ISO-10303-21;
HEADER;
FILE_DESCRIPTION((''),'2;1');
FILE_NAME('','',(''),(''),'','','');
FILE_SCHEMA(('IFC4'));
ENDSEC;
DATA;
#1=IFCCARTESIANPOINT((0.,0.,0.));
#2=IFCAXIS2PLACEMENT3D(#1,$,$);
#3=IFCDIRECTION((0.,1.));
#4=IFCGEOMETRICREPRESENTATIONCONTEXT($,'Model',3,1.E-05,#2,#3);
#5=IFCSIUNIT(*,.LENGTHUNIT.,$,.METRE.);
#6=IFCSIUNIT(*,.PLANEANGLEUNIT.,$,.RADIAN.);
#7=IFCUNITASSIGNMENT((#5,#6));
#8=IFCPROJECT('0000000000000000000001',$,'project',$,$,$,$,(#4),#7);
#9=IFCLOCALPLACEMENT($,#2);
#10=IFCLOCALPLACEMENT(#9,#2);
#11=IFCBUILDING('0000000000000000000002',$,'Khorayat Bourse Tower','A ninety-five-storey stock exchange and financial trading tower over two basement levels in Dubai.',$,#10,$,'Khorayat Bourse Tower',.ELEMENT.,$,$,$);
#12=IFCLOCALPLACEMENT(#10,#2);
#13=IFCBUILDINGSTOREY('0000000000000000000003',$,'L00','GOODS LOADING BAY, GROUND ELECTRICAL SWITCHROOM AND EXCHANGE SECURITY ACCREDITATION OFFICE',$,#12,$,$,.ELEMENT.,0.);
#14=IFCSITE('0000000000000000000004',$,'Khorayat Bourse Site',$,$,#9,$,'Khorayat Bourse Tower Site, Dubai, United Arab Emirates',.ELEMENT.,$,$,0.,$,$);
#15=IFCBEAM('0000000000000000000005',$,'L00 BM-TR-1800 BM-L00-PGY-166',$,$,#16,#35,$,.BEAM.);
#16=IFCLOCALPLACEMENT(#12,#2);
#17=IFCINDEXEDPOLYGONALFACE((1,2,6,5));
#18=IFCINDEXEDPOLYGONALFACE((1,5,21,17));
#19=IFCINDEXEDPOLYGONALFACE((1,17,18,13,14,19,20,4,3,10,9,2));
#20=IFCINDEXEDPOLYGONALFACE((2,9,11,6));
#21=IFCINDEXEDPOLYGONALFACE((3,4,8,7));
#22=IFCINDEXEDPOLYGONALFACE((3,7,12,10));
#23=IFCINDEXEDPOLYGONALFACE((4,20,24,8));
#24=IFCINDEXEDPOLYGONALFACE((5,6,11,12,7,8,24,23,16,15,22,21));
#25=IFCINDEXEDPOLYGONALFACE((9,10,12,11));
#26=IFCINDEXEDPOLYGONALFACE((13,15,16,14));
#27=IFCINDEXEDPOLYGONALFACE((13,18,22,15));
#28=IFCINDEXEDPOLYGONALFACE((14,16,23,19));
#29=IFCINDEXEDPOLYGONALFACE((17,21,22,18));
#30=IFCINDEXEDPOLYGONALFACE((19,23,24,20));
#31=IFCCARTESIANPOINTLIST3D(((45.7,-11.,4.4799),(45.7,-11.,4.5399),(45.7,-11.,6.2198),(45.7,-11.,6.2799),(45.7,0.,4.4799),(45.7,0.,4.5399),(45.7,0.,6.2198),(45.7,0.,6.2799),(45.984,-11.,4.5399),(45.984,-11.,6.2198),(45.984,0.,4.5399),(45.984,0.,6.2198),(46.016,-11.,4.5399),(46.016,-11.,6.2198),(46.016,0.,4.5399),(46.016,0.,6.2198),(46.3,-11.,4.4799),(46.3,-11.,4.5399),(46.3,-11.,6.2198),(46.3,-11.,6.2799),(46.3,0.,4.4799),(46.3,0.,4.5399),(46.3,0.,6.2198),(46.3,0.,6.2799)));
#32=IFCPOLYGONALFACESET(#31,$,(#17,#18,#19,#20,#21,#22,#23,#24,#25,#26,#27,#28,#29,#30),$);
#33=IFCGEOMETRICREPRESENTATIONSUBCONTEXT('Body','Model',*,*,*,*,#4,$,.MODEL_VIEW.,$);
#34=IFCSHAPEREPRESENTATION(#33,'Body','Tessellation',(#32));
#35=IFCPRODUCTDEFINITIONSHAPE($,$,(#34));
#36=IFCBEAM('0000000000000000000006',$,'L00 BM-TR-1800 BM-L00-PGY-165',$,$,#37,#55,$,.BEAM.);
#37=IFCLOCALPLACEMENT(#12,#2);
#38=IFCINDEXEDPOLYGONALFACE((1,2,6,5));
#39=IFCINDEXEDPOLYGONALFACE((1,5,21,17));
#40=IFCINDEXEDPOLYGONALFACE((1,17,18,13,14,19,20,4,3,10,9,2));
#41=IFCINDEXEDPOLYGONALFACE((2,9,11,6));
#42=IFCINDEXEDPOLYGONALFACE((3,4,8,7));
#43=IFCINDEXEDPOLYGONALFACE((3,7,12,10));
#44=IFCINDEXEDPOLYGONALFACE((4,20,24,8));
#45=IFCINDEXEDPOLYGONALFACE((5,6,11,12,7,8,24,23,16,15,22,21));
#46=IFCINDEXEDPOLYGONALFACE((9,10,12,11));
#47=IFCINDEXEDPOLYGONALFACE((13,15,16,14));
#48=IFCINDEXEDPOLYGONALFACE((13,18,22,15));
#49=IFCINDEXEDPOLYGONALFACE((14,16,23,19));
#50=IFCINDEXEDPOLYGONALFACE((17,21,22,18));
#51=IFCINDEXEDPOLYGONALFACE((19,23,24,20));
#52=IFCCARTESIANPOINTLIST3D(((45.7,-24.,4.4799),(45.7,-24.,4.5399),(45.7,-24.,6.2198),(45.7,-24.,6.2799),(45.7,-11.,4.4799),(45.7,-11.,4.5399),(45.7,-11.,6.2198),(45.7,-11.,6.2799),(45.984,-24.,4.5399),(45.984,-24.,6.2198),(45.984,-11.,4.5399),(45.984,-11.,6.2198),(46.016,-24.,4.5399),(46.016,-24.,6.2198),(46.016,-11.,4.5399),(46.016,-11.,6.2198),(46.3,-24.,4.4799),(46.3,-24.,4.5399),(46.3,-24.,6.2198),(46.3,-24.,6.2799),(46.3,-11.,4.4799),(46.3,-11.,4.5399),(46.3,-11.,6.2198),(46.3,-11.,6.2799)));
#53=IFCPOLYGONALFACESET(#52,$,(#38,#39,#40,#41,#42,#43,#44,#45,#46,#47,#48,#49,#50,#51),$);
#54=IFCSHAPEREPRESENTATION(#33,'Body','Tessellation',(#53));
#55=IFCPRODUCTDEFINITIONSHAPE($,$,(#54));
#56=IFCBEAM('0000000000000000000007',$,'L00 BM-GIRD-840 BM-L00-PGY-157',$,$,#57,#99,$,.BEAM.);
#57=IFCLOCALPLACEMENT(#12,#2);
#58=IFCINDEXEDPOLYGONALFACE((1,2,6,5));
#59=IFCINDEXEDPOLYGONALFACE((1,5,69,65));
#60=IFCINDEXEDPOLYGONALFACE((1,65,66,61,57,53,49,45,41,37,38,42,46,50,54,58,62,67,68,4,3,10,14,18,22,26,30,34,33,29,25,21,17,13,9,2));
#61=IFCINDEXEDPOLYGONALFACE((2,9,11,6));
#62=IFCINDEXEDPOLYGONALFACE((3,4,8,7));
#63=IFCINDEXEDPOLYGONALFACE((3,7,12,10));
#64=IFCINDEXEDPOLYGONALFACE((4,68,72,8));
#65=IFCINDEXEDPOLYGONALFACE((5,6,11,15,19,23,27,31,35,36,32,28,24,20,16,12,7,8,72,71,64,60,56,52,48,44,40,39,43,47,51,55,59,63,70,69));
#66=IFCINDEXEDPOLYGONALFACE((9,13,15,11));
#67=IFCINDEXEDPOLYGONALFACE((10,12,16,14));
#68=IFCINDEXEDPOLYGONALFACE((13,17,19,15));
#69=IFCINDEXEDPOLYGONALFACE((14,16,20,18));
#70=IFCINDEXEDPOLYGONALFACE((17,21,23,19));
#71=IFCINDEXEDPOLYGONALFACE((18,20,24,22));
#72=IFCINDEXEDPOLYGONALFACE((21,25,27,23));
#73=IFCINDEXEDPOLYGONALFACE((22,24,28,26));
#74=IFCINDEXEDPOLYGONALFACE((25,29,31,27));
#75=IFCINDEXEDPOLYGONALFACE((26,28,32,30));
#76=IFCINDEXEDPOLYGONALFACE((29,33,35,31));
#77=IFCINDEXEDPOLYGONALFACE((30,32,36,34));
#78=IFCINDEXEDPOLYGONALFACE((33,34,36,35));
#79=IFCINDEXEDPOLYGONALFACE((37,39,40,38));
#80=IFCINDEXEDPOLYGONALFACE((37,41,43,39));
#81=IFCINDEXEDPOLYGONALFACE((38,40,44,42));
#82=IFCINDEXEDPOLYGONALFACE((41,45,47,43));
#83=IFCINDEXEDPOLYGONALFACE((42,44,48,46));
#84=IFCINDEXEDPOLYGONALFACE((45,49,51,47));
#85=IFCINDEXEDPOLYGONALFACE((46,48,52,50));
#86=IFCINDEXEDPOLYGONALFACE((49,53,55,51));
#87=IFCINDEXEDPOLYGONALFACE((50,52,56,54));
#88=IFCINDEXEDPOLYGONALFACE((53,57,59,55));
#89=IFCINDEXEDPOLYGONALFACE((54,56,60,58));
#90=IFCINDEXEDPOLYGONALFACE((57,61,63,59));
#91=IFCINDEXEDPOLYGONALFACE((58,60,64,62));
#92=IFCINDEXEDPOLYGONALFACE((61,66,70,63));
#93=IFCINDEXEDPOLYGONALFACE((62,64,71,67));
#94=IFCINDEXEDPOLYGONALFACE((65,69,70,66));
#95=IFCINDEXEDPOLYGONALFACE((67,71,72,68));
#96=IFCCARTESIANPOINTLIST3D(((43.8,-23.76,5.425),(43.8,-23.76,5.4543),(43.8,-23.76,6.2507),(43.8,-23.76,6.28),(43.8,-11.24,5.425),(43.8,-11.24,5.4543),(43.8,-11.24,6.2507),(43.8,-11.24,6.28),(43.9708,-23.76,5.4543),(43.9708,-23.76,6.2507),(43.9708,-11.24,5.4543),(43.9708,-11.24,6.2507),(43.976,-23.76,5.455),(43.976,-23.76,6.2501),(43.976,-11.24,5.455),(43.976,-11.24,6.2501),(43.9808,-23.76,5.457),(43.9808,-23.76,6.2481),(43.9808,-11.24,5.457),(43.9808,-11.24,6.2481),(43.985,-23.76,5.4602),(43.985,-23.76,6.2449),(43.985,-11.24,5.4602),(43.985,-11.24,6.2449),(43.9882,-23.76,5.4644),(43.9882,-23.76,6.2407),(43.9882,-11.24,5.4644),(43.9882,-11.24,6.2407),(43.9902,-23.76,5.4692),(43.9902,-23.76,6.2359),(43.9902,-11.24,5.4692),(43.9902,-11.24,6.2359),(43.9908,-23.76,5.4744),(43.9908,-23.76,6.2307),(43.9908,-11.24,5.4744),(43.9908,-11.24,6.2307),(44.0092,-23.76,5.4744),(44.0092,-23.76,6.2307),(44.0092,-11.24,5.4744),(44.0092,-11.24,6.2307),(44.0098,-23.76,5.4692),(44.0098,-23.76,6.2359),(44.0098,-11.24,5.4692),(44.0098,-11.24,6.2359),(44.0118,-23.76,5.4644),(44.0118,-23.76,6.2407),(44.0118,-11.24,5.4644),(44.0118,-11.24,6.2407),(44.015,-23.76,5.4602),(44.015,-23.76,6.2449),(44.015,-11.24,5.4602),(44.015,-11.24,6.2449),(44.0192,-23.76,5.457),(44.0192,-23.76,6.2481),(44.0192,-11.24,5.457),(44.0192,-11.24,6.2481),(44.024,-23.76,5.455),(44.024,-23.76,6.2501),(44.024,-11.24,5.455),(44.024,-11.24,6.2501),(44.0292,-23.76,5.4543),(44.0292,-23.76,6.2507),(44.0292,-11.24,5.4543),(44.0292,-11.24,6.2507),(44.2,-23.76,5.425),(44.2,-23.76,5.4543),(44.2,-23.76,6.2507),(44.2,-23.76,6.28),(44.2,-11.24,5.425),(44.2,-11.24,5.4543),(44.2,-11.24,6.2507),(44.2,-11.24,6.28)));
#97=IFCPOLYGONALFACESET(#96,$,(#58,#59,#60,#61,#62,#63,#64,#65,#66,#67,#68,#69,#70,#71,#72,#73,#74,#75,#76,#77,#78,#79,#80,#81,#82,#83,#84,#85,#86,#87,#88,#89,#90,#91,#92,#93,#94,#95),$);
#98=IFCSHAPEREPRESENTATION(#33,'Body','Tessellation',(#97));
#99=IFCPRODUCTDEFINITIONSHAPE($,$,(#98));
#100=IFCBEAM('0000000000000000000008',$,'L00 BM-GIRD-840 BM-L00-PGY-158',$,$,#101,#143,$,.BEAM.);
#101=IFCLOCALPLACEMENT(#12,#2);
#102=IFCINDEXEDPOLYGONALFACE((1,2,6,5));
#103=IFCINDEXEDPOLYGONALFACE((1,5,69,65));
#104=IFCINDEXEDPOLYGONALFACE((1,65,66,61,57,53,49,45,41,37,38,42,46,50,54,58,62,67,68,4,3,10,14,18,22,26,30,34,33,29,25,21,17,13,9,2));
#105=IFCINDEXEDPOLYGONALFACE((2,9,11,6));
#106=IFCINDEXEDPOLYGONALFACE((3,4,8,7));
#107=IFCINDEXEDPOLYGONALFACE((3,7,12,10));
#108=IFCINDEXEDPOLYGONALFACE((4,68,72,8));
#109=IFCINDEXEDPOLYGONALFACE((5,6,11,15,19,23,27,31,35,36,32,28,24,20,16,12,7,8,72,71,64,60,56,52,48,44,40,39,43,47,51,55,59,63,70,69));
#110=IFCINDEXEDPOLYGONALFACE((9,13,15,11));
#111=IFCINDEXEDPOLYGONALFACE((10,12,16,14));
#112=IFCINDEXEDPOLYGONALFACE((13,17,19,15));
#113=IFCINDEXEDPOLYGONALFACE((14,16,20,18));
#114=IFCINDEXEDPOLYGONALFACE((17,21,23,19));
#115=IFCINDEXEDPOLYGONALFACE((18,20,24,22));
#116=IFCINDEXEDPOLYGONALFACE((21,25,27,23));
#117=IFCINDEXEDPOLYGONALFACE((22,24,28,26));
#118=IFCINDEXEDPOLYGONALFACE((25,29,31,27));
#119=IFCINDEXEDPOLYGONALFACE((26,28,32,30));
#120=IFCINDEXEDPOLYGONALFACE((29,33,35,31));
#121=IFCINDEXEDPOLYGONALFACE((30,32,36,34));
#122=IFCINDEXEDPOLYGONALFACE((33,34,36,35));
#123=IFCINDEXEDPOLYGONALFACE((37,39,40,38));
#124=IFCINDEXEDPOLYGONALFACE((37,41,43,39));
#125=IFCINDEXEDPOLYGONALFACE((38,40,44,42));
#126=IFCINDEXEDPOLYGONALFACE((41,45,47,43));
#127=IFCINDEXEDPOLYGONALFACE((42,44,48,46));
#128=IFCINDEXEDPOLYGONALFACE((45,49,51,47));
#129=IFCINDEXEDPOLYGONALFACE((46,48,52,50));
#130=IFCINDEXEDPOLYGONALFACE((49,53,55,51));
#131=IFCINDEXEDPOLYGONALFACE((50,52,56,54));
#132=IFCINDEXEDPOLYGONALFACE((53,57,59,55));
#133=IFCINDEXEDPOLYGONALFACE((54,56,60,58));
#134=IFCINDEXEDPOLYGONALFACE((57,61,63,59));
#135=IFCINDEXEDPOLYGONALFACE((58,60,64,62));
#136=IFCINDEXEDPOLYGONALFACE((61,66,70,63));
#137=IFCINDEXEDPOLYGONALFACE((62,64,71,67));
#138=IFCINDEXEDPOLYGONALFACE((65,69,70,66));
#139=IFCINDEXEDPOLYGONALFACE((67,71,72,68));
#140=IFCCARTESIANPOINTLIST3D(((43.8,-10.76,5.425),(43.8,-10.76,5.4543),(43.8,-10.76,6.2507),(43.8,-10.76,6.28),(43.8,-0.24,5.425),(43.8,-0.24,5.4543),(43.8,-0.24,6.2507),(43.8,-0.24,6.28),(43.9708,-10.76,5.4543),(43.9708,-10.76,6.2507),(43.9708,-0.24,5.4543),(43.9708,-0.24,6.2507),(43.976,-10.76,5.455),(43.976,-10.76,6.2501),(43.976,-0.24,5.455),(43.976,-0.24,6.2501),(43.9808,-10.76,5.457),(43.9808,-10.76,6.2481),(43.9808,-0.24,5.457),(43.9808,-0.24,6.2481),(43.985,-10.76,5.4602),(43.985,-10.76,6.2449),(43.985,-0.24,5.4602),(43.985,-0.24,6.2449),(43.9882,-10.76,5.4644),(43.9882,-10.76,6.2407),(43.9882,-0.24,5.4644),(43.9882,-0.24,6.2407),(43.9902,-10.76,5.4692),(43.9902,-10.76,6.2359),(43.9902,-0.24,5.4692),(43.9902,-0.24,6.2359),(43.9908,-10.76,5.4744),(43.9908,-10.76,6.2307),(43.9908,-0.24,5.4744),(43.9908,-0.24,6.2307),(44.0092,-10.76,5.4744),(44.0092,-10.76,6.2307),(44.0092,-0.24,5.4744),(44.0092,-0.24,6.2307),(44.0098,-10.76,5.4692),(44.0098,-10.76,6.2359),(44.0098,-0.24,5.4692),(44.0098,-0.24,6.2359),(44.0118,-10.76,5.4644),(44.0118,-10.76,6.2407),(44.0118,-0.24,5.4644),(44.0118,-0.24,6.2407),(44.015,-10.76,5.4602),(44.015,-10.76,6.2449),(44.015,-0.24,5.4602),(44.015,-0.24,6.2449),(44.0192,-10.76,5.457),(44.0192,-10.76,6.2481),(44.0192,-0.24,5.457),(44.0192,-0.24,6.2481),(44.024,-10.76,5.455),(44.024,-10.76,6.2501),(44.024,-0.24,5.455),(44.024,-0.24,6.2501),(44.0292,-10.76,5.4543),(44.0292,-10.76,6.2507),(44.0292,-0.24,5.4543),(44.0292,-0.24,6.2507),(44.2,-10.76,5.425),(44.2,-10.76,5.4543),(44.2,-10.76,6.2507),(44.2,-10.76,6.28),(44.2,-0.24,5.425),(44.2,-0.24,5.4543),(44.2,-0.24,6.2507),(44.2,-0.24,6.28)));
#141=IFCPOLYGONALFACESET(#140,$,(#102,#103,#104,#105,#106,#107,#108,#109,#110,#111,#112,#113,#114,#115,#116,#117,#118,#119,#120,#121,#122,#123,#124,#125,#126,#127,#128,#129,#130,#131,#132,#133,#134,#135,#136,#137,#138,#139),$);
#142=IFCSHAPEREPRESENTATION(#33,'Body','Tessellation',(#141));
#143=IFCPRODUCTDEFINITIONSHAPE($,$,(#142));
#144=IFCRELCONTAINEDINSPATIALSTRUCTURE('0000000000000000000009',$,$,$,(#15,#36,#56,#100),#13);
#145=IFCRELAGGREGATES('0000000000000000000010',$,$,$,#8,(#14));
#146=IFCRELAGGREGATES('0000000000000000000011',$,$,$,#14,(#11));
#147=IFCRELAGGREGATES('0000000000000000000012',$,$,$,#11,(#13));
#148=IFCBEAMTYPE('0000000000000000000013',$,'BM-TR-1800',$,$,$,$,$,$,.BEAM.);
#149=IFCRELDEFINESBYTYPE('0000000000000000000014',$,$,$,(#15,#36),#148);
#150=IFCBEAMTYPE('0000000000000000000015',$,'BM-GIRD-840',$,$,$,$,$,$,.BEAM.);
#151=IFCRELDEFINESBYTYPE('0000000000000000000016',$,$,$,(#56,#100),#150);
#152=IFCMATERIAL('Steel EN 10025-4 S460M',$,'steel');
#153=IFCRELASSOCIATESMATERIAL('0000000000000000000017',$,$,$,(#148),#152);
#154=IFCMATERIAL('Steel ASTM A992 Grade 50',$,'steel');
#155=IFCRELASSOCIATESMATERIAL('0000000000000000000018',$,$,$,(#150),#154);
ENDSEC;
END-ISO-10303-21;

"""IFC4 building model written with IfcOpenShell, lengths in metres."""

from ifc_helpers import new_model, si_unit, direction, frame, origin, origin_2d, place, context, subcontext, project, spatial, i_section, extrude, source, transform, mapped, material, material_profile, profile_set, type_object, element, save


model = new_model("IFC4")

# Units and contexts
model_context = context("Model", 3, precision=1e-05, world=origin(), true_north=direction((0.0, 1.0)))
body_context = subcontext(model_context, "Body", "Model", "MODEL_VIEW")
ifc_project = project(units=[si_unit("LENGTHUNIT", "METRE"), si_unit("PLANEANGLEUNIT", "RADIAN")], contexts=[model_context])

# Site, building, storey
site_placement = place(None, origin())
site = spatial("IfcSite", under=ifc_project, at=site_placement, Name="Khorayat Bourse Site", LongName="Khorayat Bourse Tower Site, Dubai, United Arab Emirates", CompositionType="ELEMENT", RefElevation=0.0)
building_placement = place(site_placement, origin())
building = spatial("IfcBuilding", under=site, at=building_placement, Name="Khorayat Bourse Tower", Description="A ninety-five-storey stock exchange and financial trading tower over two basement levels in Dubai.", LongName="Khorayat Bourse Tower", CompositionType="ELEMENT")
storey_placement = place(building_placement, origin())
storey = spatial("IfcBuildingStorey", under=building, at=storey_placement, Name="L00", Description="GOODS LOADING BAY, GROUND ELECTRICAL SWITCHROOM AND EXCHANGE SECURITY ACCREDITATION OFFICE", CompositionType="ELEMENT", Elevation=0.0)

# Beams
ifc_material_1 = material(Name="Steel EN 10025-4 S460M", Category="steel")
ifc_material_profile_1 = material_profile(ifc_material_1, i_section(OverallWidth=0.6001, OverallDepth=1.8, WebThickness=0.032, FlangeThickness=0.0601, at=origin_2d()), Name="PG 1800x600x32x60")
ifc_profile_set_1 = profile_set([ifc_material_profile_1], Name="Steel EN 10025-4 S460M")
beam_type_1 = type_object("IfcBeamType", Name="BM-TR-1800", PredefinedType="BEAM", material=ifc_profile_set_1)
shared_shape_1 = source(origin(), body_context, "Body", "SweptSolid", [
    extrude(i_section(OverallWidth=0.6001, OverallDepth=1.8, WebThickness=0.032, FlangeThickness=0.0601, at=origin_2d()), origin(), (0.0, 0.0, 1.0), 11.0),
])
for number, where, z_axis, x_axis, name in (
    (1, (46.0, -11.0, 5.3799), (0.0, 1.0, 0.0), (-1.0, 0.0, 0.0), "L00 BM-TR-1800 BM-L00-PGY-166"),
):
    element("IfcBeam", number, at=place(storey_placement, frame(where, z_axis=z_axis, x_axis=x_axis)), inside=storey, type_object=beam_type_1, Name=name, PredefinedType="BEAM", context=body_context, shape_type="MappedRepresentation", body=[
        mapped(shared_shape_1, transform((0.0, 0.0, 0.0), scale=1.0)),
    ])
shared_shape_2 = source(origin(), body_context, "Body", "SweptSolid", [
    extrude(i_section(OverallWidth=0.6001, OverallDepth=1.8, WebThickness=0.032, FlangeThickness=0.0601, at=origin_2d()), origin(), (0.0, 0.0, 1.0), 13.0),
])
beam_1_placement = place(storey_placement, frame((46.0, -24.0, 5.3799), z_axis=(0.0, 1.0, 0.0), x_axis=(-1.0, 0.0, 0.0)))
element("IfcBeam", 2, at=beam_1_placement, inside=storey, type_object=beam_type_1, Name="L00 BM-TR-1800 BM-L00-PGY-165", PredefinedType="BEAM", context=body_context, shape_type="MappedRepresentation", body=[
    mapped(shared_shape_2, transform((0.0, 0.0, 0.0), scale=1.0)),
])
ifc_material_2 = material(Name="Steel ASTM A992 Grade 50", Category="steel")
ifc_material_profile_2 = material_profile(ifc_material_2, i_section(OverallWidth=0.3999, OverallDepth=0.855, WebThickness=0.0183, FlangeThickness=0.0293, FilletRadius=0.02, at=origin_2d()), Name="W840X299")
ifc_profile_set_2 = profile_set([ifc_material_profile_2], Name="Steel ASTM A992 Grade 50")
beam_type_2 = type_object("IfcBeamType", Name="BM-GIRD-840", PredefinedType="BEAM", material=ifc_profile_set_2)
shared_shape_3 = source(origin(), body_context, "Body", "SweptSolid", [
    extrude(i_section(OverallWidth=0.3999, OverallDepth=0.855, WebThickness=0.0183, FlangeThickness=0.0293, FilletRadius=0.02, at=origin_2d()), origin(), (0.0, 0.0, 1.0), 12.52),
])
beam_2_placement = place(storey_placement, frame((44.0, -23.76, 5.8525), z_axis=(0.0, 1.0, 0.0), x_axis=(-1.0, 0.0, 0.0)))
element("IfcBeam", 3, at=beam_2_placement, inside=storey, type_object=beam_type_2, Name="L00 BM-GIRD-840 BM-L00-PGY-157", PredefinedType="BEAM", context=body_context, shape_type="MappedRepresentation", body=[
    mapped(shared_shape_3, transform((0.0, 0.0, 0.0), scale=1.0)),
])
shared_shape_4 = source(origin(), body_context, "Body", "SweptSolid", [
    extrude(i_section(OverallWidth=0.3999, OverallDepth=0.855, WebThickness=0.0183, FlangeThickness=0.0293, FilletRadius=0.02, at=origin_2d()), origin(), (0.0, 0.0, 1.0), 10.52),
])
beam_3_placement = place(storey_placement, frame((44.0, -10.76, 5.8525), z_axis=(0.0, 1.0, 0.0), x_axis=(-1.0, 0.0, 0.0)))
element("IfcBeam", 4, at=beam_3_placement, inside=storey, type_object=beam_type_2, Name="L00 BM-GIRD-840 BM-L00-PGY-158", PredefinedType="BEAM", context=body_context, shape_type="MappedRepresentation", body=[
    mapped(shared_shape_4, transform((0.0, 0.0, 0.0), scale=1.0)),
])

save(model, "model.ifc")
